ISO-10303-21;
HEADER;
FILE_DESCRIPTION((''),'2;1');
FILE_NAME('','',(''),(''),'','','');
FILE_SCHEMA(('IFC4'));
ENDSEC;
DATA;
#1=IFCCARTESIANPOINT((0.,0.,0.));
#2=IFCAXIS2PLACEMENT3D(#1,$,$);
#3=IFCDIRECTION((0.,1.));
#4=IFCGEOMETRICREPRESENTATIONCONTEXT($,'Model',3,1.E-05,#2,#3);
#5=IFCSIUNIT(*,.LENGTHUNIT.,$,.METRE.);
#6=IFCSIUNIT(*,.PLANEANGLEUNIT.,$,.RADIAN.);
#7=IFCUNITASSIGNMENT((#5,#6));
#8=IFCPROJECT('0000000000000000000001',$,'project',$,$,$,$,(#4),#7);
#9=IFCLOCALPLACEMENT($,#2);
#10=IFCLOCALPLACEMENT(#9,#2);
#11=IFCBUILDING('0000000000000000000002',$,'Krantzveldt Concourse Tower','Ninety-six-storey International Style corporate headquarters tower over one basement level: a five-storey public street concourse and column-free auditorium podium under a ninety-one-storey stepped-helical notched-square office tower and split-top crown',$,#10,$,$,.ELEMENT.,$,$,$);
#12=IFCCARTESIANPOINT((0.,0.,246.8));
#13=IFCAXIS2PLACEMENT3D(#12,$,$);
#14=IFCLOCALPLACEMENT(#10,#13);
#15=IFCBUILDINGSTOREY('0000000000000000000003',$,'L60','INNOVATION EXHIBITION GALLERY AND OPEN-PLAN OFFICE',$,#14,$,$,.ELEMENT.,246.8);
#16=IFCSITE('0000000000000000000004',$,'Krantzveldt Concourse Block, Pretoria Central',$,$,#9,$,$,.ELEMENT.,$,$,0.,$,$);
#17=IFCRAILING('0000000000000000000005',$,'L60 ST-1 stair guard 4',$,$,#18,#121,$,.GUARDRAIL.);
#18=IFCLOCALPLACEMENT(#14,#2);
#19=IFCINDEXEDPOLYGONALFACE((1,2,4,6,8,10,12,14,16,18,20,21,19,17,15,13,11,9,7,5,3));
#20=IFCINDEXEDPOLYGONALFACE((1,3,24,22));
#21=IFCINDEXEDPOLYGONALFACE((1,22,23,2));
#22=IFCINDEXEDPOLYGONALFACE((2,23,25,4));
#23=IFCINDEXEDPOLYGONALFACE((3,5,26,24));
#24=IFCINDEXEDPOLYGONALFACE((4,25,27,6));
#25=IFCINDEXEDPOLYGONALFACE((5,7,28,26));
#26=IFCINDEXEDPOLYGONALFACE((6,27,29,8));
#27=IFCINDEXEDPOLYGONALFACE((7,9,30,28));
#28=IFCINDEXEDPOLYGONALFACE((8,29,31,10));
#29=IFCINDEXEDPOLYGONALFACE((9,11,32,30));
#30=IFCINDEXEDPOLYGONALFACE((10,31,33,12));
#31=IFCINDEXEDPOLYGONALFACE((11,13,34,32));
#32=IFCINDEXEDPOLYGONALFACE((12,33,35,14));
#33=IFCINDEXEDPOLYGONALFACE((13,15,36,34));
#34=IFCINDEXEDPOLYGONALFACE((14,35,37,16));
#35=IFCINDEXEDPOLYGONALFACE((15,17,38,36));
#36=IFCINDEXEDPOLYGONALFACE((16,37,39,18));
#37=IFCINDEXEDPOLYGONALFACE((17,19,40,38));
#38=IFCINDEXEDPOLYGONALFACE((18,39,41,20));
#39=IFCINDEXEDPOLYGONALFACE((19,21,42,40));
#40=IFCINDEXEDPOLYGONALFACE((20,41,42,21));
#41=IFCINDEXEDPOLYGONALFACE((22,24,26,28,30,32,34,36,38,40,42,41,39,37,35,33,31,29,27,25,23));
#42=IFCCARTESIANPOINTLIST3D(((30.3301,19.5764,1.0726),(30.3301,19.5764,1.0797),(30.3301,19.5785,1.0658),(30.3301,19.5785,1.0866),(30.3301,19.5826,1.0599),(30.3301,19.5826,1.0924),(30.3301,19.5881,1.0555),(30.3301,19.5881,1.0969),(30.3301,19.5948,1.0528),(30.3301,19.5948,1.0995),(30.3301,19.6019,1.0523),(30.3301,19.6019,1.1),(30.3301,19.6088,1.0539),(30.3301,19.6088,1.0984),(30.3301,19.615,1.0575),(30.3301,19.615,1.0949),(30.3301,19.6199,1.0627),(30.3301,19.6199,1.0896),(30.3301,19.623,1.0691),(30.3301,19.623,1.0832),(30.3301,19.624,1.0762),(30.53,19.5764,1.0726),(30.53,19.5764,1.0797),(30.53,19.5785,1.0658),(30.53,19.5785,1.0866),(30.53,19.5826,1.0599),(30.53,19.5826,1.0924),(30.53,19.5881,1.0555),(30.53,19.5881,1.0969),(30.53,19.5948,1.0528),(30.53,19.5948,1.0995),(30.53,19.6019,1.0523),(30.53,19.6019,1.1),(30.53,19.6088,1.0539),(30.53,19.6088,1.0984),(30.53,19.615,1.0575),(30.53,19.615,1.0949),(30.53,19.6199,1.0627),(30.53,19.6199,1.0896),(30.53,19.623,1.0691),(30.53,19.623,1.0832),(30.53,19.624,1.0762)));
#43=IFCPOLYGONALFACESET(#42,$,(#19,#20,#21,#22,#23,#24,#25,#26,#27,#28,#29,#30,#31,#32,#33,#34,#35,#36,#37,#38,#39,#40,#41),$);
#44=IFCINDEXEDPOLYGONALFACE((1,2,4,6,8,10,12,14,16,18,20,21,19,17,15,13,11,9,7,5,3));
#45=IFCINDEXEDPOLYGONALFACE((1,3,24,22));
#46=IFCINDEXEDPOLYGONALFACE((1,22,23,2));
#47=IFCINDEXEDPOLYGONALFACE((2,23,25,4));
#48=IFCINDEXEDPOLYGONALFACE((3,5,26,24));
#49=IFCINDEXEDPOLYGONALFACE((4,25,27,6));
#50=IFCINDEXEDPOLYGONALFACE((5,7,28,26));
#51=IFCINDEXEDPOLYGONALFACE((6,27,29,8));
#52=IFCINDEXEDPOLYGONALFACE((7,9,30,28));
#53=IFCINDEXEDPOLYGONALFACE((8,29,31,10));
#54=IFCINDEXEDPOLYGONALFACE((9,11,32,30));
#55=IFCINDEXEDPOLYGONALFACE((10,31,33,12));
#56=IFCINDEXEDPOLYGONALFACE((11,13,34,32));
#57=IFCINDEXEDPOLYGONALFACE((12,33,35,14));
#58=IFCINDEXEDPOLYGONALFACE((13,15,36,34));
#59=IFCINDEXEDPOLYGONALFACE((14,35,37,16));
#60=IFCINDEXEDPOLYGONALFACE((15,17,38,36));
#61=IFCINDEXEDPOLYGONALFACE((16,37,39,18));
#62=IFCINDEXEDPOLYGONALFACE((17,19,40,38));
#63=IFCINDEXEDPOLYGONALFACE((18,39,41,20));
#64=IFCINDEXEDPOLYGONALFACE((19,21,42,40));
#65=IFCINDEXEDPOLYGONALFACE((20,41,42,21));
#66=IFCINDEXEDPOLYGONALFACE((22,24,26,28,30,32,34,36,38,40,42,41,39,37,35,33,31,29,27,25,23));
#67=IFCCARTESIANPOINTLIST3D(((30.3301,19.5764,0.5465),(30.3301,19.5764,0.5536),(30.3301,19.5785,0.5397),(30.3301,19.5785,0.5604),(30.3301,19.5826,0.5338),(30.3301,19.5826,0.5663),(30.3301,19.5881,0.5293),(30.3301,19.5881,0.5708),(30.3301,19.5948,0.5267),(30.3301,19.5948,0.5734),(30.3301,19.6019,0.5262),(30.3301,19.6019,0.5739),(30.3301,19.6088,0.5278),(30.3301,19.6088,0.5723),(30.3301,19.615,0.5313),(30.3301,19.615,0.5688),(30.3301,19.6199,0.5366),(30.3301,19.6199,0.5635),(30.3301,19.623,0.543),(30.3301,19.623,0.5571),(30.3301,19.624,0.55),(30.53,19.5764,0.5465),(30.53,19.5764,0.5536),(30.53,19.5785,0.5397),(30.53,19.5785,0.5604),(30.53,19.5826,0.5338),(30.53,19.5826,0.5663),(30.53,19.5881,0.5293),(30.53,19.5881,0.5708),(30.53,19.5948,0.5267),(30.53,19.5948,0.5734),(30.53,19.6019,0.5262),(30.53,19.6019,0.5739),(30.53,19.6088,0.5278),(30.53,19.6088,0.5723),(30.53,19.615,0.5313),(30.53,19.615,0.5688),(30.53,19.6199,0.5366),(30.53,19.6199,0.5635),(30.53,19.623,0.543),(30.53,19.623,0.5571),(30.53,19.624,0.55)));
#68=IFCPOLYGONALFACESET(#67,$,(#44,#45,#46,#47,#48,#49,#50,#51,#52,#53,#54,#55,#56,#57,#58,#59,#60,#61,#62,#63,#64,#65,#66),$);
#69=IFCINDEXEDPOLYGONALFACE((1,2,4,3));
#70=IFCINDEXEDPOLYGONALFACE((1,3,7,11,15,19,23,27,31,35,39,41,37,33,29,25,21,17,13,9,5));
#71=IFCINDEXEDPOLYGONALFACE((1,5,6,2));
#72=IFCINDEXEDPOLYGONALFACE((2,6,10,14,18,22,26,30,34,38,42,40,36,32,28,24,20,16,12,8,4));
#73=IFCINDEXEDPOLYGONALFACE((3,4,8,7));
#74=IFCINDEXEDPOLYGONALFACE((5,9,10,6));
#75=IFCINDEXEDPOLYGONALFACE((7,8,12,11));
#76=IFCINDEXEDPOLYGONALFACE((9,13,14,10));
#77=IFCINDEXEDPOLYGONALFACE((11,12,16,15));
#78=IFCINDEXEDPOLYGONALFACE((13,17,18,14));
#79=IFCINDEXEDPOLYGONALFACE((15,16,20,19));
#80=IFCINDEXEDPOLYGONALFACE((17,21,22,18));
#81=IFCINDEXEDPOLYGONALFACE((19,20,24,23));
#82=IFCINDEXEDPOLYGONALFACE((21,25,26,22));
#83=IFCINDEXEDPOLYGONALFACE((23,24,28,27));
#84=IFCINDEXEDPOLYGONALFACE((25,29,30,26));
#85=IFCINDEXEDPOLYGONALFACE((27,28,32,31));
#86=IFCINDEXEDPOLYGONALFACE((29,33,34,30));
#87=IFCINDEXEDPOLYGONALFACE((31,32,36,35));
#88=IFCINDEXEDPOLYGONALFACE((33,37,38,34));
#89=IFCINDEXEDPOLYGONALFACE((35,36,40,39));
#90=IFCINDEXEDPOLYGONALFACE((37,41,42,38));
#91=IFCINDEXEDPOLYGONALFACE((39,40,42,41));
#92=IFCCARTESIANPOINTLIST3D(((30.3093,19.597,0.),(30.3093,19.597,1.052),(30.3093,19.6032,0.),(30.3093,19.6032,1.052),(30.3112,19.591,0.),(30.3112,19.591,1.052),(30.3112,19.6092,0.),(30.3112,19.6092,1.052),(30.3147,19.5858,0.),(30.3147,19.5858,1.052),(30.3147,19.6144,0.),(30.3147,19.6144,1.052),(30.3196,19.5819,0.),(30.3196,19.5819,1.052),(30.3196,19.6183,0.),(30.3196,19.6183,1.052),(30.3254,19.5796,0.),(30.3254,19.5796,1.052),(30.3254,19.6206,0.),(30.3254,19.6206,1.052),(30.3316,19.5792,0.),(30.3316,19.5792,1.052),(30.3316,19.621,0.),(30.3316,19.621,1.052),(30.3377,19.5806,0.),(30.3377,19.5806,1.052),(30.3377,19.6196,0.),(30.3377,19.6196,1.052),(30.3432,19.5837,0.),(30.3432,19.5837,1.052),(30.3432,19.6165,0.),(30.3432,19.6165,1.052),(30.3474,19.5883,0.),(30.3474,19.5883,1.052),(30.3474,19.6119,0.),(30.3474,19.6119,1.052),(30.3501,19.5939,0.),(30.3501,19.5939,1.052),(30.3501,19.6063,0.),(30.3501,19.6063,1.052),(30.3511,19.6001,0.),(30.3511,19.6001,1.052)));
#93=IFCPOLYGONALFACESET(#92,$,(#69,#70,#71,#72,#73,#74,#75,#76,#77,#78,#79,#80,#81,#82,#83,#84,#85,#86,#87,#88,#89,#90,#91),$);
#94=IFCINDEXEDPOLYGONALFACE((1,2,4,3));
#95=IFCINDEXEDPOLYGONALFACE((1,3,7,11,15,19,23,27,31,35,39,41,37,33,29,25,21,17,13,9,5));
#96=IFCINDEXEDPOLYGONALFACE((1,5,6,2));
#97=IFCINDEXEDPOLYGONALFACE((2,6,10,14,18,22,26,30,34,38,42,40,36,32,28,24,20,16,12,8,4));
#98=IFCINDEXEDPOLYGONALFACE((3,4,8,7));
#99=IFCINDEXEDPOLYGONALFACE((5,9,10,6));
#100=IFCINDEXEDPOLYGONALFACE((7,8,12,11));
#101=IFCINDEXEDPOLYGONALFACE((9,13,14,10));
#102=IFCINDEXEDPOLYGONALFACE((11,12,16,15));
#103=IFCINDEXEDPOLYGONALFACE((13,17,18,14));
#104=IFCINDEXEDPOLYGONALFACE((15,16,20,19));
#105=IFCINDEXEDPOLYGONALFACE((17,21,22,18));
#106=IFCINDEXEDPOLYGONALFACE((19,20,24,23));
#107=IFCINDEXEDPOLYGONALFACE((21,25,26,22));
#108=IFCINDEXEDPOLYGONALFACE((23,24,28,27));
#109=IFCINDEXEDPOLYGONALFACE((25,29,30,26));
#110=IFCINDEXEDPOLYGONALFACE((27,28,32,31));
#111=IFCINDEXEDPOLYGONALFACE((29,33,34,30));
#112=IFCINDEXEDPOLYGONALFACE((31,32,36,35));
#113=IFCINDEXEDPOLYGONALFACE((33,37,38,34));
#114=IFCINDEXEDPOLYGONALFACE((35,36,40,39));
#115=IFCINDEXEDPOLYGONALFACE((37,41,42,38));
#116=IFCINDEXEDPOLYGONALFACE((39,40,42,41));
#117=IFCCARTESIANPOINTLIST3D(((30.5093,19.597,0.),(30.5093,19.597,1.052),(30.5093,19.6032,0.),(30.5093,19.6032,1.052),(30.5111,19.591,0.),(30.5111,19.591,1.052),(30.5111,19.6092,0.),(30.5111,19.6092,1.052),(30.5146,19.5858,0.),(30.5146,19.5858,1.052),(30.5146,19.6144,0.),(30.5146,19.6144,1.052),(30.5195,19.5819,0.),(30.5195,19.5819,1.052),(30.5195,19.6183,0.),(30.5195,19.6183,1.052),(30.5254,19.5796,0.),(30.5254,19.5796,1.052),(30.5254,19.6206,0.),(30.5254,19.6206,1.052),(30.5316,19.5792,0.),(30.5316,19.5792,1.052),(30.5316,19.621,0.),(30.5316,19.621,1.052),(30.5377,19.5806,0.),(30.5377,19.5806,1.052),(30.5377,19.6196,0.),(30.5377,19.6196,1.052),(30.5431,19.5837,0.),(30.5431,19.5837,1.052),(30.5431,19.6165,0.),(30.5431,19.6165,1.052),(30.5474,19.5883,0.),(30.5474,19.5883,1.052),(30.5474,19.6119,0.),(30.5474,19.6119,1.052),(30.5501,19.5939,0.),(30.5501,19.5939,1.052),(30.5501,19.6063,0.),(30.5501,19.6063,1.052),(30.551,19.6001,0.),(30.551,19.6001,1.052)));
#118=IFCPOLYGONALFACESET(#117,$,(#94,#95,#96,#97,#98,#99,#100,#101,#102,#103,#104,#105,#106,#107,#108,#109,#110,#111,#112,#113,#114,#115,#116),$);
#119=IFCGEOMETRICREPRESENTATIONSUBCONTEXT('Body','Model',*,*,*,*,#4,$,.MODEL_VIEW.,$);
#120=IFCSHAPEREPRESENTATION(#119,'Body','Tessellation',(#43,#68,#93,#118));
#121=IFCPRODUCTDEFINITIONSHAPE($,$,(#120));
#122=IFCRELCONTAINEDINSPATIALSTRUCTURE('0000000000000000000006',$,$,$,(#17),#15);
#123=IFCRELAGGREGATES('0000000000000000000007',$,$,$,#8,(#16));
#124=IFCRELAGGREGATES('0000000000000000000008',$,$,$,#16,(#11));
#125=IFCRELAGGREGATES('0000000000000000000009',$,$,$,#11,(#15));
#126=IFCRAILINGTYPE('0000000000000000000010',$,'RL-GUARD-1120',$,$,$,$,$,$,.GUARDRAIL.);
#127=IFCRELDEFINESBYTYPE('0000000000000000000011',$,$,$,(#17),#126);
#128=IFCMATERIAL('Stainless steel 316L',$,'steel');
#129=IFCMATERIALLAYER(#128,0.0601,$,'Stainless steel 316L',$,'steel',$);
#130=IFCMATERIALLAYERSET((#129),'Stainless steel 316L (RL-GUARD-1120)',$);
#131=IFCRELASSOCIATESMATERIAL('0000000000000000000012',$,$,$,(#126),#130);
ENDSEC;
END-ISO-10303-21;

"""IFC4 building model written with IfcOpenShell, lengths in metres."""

from ifc_helpers import new_model, si_unit, direction, frame, origin, origin_2d, place, context, subcontext, project, spatial, circle, extrude, material, layer, layer_set, type_object, element, save


model = new_model("IFC4")

# Units and contexts
model_context = context("Model", 3, precision=1e-05, world=origin(), true_north=direction((0.0, 1.0)))
body_context = subcontext(model_context, "Body", "Model", "MODEL_VIEW")
ifc_project = project(units=[si_unit("LENGTHUNIT", "METRE"), si_unit("PLANEANGLEUNIT", "RADIAN")], contexts=[model_context])

# Site, building, storey
site_placement = place(None, origin())
site = spatial("IfcSite", under=ifc_project, at=site_placement, Name="Krantzveldt Concourse Block, Pretoria Central", CompositionType="ELEMENT", RefElevation=0.0)
building_placement = place(site_placement, origin())
building = spatial("IfcBuilding", under=site, at=building_placement, Name="Krantzveldt Concourse Tower", Description="Ninety-six-storey International Style corporate headquarters tower over one basement level: a five-storey public street concourse and column-free auditorium podium under a ninety-one-storey stepped-helical notched-square office tower and split-top crown", CompositionType="ELEMENT")
storey_placement = place(building_placement, frame((0.0, 0.0, 246.8)))
storey = spatial("IfcBuildingStorey", under=building, at=storey_placement, Name="L60", Description="INNOVATION EXHIBITION GALLERY AND OPEN-PLAN OFFICE", CompositionType="ELEMENT", Elevation=246.8)

# Shared definitions
ifc_material_1 = material(Name="Stainless steel 316L", Category="steel")

# Railing
ifc_layer_1 = layer(ifc_material_1, 0.0601, Name="Stainless steel 316L", Category="steel")
ifc_layer_set_1 = layer_set([ifc_layer_1], Name="Stainless steel 316L (RL-GUARD-1120)")
railing_type_1 = type_object("IfcRailingType", Name="RL-GUARD-1120", PredefinedType="GUARDRAIL", material=ifc_layer_set_1)
railing_1_placement = place(storey_placement, frame((30.3301, 19.6001, 0.0)))
element("IfcRailing", 1, at=railing_1_placement, inside=storey, type_object=railing_type_1, Name="L60 ST-1 stair guard 4", PredefinedType="GUARDRAIL", context=body_context, shape_type="SweptSolid", body=[
    extrude(circle(Radius=0.0239, at=origin_2d()), frame((0.0, 0.0, 1.0762), z_axis=(1.0, 0.0, 0.0), x_axis=(0.0, 1.0, 0.0)), (0.0, 0.0, 1.0), 0.2),
    extrude(circle(Radius=0.0239, at=origin_2d()), frame((0.0, 0.0, 0.55), z_axis=(1.0, 0.0, 0.0), x_axis=(0.0, 1.0, 0.0)), (0.0, 0.0, 1.0), 0.2),
    extrude(circle(Radius=0.021, at=origin_2d()), origin(), (0.0, 0.0, 1.0), 1.052),
    extrude(circle(Radius=0.021, at=origin_2d()), frame((0.2, 0.0, 0.0)), (0.0, 0.0, 1.0), 1.052),
])

save(model, "model.ifc")
